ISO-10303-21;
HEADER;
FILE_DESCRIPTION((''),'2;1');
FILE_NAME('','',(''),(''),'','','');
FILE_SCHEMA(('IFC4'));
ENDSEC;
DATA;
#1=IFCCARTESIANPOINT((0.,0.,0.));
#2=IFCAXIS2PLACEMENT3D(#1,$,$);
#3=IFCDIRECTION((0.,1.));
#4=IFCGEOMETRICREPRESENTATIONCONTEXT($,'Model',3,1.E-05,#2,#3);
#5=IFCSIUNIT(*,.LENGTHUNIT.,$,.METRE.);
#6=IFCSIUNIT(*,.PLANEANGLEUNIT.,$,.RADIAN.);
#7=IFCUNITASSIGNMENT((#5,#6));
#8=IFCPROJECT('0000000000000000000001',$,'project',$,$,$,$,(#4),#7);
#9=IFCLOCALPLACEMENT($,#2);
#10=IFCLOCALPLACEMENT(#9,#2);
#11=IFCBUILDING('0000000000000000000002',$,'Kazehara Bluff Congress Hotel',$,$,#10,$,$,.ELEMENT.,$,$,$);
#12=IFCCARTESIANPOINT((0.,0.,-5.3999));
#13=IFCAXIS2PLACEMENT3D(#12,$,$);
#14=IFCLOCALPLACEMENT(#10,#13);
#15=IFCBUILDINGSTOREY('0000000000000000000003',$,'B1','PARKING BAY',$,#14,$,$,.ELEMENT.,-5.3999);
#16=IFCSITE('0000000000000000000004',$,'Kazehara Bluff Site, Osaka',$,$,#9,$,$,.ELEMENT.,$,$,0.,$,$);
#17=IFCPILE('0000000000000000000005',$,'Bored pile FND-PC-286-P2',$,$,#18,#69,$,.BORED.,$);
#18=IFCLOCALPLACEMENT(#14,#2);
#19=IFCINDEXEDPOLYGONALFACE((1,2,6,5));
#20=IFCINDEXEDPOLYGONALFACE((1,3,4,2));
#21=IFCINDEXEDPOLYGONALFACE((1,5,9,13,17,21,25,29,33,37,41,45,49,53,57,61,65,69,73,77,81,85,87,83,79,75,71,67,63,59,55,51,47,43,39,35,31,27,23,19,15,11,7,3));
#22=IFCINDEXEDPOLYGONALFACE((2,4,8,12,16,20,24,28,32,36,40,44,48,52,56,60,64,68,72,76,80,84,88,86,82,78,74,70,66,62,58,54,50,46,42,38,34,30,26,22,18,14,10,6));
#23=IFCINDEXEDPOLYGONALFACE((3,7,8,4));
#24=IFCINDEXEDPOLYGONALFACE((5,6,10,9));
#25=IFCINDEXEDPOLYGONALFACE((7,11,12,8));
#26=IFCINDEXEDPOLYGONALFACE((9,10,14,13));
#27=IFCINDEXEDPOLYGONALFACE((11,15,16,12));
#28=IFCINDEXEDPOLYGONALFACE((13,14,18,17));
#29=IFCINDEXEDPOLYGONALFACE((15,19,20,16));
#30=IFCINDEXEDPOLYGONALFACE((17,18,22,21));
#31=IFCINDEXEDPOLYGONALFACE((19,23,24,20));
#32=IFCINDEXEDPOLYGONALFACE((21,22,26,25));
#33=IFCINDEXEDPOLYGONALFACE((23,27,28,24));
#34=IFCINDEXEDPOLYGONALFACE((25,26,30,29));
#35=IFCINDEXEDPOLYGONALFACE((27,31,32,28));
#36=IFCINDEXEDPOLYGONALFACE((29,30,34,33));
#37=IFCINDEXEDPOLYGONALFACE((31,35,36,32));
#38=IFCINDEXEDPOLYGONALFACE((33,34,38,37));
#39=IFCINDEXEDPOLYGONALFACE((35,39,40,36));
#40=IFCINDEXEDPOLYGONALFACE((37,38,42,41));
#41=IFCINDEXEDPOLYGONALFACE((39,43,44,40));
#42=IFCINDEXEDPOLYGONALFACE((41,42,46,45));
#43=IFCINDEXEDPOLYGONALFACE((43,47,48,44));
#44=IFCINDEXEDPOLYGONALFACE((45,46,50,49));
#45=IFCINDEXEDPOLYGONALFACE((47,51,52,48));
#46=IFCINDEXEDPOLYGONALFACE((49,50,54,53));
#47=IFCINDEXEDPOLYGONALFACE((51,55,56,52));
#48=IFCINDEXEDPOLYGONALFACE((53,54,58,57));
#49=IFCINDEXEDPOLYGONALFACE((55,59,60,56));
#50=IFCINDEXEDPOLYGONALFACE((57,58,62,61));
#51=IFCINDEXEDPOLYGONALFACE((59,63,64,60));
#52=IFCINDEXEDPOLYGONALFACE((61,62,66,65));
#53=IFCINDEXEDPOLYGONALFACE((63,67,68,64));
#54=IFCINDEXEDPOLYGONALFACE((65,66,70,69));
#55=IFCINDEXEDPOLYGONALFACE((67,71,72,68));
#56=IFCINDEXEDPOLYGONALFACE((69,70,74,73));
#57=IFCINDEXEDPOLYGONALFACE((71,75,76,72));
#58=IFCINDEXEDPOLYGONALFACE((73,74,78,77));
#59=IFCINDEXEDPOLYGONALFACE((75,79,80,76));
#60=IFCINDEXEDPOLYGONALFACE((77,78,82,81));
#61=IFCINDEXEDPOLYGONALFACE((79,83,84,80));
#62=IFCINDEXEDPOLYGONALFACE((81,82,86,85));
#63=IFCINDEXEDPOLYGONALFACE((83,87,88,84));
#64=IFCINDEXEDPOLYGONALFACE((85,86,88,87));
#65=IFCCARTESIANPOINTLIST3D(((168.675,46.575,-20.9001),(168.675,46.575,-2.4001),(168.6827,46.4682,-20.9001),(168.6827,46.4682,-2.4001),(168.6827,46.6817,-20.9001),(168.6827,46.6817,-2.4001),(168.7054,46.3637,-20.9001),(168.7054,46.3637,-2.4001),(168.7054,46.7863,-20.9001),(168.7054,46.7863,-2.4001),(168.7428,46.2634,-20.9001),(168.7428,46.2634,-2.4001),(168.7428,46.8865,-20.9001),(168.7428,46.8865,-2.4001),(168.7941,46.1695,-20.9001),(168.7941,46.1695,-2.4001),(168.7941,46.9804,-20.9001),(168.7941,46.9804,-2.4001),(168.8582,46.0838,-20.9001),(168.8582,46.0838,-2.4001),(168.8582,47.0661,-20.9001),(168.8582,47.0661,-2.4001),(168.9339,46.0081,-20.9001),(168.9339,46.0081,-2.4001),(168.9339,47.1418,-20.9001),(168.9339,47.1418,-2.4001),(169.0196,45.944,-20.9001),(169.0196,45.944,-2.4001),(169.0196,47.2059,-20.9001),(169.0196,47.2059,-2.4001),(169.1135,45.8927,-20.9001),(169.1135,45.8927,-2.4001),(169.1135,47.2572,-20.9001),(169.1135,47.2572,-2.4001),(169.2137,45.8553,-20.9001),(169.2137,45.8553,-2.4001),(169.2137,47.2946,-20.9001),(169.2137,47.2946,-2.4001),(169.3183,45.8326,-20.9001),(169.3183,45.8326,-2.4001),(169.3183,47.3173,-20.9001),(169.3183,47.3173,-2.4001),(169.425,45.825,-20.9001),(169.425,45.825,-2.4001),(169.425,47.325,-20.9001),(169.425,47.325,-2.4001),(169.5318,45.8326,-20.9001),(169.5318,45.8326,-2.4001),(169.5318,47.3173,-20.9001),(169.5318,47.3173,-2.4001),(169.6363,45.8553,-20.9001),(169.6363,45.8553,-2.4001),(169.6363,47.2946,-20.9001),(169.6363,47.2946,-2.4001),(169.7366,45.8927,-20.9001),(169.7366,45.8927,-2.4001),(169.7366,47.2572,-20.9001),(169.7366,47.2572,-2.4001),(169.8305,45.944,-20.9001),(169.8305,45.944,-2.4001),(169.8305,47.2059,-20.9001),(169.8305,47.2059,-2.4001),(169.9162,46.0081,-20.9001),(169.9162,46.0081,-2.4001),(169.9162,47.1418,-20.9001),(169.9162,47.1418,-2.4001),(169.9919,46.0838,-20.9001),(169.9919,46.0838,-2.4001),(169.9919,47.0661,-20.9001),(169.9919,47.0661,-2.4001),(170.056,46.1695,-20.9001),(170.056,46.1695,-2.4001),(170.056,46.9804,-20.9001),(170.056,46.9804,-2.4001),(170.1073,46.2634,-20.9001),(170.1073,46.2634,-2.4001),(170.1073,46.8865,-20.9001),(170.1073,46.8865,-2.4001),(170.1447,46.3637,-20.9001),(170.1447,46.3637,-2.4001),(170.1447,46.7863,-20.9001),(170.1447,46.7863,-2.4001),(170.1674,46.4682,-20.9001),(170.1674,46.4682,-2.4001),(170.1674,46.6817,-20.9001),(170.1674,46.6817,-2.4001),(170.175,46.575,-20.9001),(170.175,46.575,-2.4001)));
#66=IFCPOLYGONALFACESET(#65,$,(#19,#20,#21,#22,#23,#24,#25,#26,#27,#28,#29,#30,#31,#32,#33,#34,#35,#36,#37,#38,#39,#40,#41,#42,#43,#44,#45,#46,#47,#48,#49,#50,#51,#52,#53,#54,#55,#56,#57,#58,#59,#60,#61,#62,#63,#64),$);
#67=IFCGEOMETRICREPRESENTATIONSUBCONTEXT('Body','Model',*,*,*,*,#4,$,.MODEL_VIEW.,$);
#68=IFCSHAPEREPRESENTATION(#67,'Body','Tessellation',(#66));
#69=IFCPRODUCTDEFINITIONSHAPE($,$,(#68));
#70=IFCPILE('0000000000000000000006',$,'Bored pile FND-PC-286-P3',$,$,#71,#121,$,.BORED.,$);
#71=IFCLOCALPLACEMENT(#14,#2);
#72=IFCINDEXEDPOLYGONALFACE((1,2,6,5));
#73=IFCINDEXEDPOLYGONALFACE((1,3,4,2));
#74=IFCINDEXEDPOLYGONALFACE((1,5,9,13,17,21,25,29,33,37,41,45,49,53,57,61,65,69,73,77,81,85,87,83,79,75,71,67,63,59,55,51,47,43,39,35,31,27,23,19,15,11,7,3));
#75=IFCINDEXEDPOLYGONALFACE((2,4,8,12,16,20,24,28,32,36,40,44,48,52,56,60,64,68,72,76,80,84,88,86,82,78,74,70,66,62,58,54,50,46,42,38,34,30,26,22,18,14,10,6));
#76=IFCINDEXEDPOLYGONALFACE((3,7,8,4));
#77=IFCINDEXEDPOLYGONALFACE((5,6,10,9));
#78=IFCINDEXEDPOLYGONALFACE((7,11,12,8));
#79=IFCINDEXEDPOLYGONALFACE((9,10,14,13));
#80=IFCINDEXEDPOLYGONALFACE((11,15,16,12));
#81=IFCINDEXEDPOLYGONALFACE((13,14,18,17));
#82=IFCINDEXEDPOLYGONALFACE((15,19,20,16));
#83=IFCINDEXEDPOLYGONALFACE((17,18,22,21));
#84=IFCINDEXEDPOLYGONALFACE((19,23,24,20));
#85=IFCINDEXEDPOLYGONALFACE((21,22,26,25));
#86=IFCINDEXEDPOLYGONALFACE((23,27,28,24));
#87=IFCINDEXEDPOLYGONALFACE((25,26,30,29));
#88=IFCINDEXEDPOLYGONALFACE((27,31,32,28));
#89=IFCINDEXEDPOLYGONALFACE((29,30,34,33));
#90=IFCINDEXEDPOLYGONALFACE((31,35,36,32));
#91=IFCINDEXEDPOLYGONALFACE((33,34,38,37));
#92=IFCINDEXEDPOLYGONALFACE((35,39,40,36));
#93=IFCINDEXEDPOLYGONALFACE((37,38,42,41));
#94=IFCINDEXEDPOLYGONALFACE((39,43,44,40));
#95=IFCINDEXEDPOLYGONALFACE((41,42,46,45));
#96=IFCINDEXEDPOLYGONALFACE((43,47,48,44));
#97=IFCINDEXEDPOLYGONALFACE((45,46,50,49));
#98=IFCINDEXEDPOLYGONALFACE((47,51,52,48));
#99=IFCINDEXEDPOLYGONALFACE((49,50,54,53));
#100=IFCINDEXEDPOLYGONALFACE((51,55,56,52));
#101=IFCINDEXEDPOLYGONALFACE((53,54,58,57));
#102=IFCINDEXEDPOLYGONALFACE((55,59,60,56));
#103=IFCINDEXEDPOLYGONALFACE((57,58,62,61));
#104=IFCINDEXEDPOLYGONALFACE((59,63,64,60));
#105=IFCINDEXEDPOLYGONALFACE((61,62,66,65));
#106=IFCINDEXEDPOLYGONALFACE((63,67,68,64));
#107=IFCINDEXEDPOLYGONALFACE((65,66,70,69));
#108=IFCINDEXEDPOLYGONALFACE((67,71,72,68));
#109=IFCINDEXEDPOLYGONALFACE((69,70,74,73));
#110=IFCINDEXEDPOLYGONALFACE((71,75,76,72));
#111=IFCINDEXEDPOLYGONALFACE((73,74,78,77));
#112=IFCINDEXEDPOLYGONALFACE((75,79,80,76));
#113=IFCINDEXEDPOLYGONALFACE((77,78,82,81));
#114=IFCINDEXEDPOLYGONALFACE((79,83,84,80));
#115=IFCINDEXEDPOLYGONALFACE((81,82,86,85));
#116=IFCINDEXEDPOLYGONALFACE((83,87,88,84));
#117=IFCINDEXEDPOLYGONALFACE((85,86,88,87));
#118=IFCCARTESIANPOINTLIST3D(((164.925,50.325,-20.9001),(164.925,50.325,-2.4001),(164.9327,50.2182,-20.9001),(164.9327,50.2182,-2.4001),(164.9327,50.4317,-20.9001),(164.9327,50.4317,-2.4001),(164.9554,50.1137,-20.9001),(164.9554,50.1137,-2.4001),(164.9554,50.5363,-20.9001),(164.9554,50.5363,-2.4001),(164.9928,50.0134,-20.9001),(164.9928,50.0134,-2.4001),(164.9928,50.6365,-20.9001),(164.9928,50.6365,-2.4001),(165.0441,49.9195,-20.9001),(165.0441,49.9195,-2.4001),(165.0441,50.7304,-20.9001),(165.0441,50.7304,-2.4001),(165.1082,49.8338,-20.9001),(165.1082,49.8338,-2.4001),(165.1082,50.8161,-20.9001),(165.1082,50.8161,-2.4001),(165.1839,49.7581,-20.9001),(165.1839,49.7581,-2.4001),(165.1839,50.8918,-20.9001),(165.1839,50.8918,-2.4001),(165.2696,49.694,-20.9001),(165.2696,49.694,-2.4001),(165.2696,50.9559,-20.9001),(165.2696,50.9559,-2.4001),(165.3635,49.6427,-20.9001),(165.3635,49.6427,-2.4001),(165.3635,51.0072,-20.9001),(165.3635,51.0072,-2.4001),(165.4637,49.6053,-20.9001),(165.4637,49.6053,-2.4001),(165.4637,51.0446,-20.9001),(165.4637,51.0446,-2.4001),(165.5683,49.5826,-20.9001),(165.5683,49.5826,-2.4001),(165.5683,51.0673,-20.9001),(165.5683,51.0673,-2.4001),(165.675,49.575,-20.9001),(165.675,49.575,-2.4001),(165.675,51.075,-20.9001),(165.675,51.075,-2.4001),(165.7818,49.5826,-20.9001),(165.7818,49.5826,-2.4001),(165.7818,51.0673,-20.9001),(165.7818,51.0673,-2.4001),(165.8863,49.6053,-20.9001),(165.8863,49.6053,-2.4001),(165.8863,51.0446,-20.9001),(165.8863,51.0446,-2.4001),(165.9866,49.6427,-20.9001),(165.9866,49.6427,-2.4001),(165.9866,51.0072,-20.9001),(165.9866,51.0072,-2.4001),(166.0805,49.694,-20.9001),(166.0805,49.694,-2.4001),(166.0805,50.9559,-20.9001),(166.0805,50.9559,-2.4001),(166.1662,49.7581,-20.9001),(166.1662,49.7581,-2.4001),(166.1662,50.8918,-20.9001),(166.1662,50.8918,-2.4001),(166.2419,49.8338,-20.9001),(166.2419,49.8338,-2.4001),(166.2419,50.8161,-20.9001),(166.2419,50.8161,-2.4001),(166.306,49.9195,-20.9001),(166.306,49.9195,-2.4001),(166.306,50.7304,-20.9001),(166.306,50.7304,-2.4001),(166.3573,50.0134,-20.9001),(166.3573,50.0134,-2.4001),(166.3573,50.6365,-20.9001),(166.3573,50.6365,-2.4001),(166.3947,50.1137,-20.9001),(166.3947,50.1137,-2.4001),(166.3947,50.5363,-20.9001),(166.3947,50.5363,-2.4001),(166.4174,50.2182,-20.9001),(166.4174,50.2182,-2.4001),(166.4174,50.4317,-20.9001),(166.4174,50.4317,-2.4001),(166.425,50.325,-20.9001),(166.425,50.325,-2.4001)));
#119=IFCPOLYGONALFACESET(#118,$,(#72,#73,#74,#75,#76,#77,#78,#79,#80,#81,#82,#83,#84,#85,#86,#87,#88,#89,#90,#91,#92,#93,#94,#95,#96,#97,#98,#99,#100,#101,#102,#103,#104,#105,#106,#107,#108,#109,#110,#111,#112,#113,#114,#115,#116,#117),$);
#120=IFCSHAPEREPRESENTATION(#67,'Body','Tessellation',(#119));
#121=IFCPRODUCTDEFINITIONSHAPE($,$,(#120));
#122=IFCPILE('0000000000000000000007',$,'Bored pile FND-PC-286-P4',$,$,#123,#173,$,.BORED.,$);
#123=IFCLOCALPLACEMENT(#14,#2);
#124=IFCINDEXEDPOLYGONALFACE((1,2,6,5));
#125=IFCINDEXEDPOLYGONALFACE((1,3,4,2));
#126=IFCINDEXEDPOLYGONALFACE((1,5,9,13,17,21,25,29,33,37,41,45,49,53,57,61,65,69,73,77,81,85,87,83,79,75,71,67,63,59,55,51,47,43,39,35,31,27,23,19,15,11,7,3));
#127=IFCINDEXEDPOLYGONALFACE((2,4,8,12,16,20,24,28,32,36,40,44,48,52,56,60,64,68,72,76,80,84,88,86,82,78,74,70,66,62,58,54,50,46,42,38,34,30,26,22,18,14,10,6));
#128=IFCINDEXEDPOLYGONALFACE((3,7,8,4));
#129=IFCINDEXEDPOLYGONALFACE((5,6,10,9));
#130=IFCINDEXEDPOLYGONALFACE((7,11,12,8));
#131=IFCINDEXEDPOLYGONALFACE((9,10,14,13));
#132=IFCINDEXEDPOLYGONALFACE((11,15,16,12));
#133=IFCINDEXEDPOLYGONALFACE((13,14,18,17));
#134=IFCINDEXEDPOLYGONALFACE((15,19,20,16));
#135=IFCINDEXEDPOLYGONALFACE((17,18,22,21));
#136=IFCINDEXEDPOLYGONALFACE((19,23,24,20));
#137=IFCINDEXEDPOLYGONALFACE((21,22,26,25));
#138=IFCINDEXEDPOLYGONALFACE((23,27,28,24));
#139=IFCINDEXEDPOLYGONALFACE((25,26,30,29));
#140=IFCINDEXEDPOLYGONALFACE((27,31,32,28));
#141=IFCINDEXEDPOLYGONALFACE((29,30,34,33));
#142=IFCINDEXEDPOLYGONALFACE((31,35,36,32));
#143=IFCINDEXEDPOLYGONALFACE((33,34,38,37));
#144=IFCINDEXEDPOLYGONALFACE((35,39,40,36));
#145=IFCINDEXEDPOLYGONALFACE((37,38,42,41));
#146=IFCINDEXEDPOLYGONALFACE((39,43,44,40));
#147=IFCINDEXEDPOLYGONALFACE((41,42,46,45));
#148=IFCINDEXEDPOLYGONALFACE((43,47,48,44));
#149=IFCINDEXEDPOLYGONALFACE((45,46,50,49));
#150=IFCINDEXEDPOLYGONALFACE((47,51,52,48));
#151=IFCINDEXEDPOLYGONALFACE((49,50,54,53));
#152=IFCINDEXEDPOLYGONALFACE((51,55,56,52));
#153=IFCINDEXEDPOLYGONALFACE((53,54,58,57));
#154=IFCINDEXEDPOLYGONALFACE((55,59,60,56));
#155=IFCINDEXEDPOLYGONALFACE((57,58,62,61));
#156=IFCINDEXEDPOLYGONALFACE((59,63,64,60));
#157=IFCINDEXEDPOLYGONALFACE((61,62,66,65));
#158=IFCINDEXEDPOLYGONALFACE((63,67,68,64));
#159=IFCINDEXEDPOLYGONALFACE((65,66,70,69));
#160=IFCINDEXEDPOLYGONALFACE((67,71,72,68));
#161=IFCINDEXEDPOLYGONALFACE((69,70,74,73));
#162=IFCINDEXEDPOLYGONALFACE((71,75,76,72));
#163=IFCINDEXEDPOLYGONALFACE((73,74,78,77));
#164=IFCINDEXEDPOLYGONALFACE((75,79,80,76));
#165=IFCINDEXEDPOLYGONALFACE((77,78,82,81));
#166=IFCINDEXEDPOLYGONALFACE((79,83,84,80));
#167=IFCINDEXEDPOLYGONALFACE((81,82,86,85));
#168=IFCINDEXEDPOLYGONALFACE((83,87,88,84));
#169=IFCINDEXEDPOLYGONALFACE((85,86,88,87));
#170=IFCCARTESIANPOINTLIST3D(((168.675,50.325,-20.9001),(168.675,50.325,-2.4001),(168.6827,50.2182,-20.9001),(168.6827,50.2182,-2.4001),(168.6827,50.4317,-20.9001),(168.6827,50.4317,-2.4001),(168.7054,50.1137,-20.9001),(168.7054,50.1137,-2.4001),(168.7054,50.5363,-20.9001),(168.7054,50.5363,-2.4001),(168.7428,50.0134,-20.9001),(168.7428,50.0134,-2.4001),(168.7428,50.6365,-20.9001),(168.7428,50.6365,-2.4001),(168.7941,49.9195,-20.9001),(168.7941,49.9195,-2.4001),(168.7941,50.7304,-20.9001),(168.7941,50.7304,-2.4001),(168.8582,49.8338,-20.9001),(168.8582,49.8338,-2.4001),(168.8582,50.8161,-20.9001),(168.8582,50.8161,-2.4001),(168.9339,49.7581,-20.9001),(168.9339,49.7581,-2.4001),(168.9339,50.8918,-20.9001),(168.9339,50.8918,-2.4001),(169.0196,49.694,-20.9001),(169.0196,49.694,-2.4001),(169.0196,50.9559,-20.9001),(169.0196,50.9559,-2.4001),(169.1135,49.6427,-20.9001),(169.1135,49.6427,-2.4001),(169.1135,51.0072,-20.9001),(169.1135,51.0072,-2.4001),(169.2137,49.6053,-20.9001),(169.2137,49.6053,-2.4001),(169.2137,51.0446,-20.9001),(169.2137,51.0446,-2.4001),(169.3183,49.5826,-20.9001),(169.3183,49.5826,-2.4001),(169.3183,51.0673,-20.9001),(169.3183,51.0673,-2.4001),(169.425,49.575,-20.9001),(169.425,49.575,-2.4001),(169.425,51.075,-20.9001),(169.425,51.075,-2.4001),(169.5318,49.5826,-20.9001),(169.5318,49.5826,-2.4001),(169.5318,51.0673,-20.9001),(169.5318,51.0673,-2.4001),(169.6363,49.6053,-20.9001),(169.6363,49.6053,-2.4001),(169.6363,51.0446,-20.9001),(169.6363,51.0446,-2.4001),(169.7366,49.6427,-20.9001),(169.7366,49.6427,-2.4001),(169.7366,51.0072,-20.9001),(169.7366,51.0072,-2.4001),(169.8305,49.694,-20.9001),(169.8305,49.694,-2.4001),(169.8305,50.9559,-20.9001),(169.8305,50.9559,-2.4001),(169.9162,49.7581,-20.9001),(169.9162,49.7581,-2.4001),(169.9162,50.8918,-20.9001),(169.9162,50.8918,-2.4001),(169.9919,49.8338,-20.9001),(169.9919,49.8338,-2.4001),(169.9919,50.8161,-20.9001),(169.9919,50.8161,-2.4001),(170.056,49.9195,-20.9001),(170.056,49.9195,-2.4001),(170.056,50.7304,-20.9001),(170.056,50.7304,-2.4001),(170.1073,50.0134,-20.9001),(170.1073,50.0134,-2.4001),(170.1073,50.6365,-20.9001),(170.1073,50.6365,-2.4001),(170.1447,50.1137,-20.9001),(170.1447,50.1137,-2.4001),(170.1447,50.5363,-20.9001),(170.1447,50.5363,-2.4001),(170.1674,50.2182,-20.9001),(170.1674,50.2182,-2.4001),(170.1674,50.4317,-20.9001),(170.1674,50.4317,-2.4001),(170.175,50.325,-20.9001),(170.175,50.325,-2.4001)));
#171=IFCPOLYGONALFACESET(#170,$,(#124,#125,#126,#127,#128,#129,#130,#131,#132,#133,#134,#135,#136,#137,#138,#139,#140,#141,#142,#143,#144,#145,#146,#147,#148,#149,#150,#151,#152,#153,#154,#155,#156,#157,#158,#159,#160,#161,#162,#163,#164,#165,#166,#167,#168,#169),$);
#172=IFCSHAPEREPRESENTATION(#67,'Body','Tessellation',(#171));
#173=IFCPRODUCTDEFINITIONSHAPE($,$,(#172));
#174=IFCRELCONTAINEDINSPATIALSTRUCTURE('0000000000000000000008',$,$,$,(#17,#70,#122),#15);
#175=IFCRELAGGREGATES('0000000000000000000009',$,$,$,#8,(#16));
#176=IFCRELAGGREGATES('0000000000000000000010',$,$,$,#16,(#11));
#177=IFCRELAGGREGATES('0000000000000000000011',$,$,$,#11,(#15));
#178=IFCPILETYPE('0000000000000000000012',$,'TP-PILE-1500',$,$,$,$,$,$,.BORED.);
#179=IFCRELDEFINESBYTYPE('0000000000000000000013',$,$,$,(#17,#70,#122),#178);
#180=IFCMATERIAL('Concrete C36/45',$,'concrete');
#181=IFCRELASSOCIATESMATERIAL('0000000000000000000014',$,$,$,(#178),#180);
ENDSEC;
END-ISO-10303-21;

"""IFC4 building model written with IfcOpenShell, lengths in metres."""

from ifc_helpers import new_model, si_unit, direction, frame, origin, origin_2d, place, context, subcontext, project, spatial, circle, extrude, material, material_profile, profile_set, type_object, element, save


model = new_model("IFC4")

# Units and contexts
model_context = context("Model", 3, precision=1e-05, world=origin(), true_north=direction((0.0, 1.0)))
body_context = subcontext(model_context, "Body", "Model", "MODEL_VIEW")
ifc_project = project(units=[si_unit("LENGTHUNIT", "METRE"), si_unit("PLANEANGLEUNIT", "RADIAN")], contexts=[model_context])

# Site, building, storey
site_placement = place(None, origin())
site = spatial("IfcSite", under=ifc_project, at=site_placement, Name="Kazehara Bluff Site, Osaka", CompositionType="ELEMENT", RefElevation=0.0)
building_placement = place(site_placement, origin())
building = spatial("IfcBuilding", under=site, at=building_placement, Name="Kazehara Bluff Congress Hotel", CompositionType="ELEMENT")
storey_placement = place(building_placement, frame((0.0, 0.0, -5.3999)))
storey = spatial("IfcBuildingStorey", under=building, at=storey_placement, Name="B1", Description="PARKING BAY", CompositionType="ELEMENT", Elevation=-5.3999)

# Piles
ifc_material_1 = material(Name="Concrete C36/45", Category="concrete")
ifc_material_profile_1 = material_profile(ifc_material_1, circle(Radius=0.75, at=origin_2d()))
ifc_profile_set_1 = profile_set([ifc_material_profile_1], Name="Concrete C36/45")
pile_type_1 = type_object("IfcPileType", Name="TP-PILE-1500", PredefinedType="BORED", material=ifc_profile_set_1)
for number, where, z_axis, x_axis, name in (
    (1, (169.425, 46.575, -2.4001), (0.0, 0.0, -1.0), (1.0, 0.0, 0.0), "Bored pile FND-PC-286-P2"),
    (2, (165.675, 50.325, -2.4001), (0.0, 0.0, -1.0), (1.0, 0.0, 0.0), "Bored pile FND-PC-286-P3"),
    (3, (169.425, 50.325, -2.4001), (0.0, 0.0, -1.0), (1.0, 0.0, 0.0), "Bored pile FND-PC-286-P4"),
):
    element("IfcPile", number, at=place(storey_placement, frame(where, z_axis=z_axis, x_axis=x_axis)), inside=storey, type_object=pile_type_1, Name=name, PredefinedType="BORED", context=body_context, shape_type="SweptSolid", body=[
        extrude(circle(Radius=0.75, at=origin_2d()), origin(), (0.0, 0.0, 1.0), 18.5),
    ])

save(model, "model.ifc")
